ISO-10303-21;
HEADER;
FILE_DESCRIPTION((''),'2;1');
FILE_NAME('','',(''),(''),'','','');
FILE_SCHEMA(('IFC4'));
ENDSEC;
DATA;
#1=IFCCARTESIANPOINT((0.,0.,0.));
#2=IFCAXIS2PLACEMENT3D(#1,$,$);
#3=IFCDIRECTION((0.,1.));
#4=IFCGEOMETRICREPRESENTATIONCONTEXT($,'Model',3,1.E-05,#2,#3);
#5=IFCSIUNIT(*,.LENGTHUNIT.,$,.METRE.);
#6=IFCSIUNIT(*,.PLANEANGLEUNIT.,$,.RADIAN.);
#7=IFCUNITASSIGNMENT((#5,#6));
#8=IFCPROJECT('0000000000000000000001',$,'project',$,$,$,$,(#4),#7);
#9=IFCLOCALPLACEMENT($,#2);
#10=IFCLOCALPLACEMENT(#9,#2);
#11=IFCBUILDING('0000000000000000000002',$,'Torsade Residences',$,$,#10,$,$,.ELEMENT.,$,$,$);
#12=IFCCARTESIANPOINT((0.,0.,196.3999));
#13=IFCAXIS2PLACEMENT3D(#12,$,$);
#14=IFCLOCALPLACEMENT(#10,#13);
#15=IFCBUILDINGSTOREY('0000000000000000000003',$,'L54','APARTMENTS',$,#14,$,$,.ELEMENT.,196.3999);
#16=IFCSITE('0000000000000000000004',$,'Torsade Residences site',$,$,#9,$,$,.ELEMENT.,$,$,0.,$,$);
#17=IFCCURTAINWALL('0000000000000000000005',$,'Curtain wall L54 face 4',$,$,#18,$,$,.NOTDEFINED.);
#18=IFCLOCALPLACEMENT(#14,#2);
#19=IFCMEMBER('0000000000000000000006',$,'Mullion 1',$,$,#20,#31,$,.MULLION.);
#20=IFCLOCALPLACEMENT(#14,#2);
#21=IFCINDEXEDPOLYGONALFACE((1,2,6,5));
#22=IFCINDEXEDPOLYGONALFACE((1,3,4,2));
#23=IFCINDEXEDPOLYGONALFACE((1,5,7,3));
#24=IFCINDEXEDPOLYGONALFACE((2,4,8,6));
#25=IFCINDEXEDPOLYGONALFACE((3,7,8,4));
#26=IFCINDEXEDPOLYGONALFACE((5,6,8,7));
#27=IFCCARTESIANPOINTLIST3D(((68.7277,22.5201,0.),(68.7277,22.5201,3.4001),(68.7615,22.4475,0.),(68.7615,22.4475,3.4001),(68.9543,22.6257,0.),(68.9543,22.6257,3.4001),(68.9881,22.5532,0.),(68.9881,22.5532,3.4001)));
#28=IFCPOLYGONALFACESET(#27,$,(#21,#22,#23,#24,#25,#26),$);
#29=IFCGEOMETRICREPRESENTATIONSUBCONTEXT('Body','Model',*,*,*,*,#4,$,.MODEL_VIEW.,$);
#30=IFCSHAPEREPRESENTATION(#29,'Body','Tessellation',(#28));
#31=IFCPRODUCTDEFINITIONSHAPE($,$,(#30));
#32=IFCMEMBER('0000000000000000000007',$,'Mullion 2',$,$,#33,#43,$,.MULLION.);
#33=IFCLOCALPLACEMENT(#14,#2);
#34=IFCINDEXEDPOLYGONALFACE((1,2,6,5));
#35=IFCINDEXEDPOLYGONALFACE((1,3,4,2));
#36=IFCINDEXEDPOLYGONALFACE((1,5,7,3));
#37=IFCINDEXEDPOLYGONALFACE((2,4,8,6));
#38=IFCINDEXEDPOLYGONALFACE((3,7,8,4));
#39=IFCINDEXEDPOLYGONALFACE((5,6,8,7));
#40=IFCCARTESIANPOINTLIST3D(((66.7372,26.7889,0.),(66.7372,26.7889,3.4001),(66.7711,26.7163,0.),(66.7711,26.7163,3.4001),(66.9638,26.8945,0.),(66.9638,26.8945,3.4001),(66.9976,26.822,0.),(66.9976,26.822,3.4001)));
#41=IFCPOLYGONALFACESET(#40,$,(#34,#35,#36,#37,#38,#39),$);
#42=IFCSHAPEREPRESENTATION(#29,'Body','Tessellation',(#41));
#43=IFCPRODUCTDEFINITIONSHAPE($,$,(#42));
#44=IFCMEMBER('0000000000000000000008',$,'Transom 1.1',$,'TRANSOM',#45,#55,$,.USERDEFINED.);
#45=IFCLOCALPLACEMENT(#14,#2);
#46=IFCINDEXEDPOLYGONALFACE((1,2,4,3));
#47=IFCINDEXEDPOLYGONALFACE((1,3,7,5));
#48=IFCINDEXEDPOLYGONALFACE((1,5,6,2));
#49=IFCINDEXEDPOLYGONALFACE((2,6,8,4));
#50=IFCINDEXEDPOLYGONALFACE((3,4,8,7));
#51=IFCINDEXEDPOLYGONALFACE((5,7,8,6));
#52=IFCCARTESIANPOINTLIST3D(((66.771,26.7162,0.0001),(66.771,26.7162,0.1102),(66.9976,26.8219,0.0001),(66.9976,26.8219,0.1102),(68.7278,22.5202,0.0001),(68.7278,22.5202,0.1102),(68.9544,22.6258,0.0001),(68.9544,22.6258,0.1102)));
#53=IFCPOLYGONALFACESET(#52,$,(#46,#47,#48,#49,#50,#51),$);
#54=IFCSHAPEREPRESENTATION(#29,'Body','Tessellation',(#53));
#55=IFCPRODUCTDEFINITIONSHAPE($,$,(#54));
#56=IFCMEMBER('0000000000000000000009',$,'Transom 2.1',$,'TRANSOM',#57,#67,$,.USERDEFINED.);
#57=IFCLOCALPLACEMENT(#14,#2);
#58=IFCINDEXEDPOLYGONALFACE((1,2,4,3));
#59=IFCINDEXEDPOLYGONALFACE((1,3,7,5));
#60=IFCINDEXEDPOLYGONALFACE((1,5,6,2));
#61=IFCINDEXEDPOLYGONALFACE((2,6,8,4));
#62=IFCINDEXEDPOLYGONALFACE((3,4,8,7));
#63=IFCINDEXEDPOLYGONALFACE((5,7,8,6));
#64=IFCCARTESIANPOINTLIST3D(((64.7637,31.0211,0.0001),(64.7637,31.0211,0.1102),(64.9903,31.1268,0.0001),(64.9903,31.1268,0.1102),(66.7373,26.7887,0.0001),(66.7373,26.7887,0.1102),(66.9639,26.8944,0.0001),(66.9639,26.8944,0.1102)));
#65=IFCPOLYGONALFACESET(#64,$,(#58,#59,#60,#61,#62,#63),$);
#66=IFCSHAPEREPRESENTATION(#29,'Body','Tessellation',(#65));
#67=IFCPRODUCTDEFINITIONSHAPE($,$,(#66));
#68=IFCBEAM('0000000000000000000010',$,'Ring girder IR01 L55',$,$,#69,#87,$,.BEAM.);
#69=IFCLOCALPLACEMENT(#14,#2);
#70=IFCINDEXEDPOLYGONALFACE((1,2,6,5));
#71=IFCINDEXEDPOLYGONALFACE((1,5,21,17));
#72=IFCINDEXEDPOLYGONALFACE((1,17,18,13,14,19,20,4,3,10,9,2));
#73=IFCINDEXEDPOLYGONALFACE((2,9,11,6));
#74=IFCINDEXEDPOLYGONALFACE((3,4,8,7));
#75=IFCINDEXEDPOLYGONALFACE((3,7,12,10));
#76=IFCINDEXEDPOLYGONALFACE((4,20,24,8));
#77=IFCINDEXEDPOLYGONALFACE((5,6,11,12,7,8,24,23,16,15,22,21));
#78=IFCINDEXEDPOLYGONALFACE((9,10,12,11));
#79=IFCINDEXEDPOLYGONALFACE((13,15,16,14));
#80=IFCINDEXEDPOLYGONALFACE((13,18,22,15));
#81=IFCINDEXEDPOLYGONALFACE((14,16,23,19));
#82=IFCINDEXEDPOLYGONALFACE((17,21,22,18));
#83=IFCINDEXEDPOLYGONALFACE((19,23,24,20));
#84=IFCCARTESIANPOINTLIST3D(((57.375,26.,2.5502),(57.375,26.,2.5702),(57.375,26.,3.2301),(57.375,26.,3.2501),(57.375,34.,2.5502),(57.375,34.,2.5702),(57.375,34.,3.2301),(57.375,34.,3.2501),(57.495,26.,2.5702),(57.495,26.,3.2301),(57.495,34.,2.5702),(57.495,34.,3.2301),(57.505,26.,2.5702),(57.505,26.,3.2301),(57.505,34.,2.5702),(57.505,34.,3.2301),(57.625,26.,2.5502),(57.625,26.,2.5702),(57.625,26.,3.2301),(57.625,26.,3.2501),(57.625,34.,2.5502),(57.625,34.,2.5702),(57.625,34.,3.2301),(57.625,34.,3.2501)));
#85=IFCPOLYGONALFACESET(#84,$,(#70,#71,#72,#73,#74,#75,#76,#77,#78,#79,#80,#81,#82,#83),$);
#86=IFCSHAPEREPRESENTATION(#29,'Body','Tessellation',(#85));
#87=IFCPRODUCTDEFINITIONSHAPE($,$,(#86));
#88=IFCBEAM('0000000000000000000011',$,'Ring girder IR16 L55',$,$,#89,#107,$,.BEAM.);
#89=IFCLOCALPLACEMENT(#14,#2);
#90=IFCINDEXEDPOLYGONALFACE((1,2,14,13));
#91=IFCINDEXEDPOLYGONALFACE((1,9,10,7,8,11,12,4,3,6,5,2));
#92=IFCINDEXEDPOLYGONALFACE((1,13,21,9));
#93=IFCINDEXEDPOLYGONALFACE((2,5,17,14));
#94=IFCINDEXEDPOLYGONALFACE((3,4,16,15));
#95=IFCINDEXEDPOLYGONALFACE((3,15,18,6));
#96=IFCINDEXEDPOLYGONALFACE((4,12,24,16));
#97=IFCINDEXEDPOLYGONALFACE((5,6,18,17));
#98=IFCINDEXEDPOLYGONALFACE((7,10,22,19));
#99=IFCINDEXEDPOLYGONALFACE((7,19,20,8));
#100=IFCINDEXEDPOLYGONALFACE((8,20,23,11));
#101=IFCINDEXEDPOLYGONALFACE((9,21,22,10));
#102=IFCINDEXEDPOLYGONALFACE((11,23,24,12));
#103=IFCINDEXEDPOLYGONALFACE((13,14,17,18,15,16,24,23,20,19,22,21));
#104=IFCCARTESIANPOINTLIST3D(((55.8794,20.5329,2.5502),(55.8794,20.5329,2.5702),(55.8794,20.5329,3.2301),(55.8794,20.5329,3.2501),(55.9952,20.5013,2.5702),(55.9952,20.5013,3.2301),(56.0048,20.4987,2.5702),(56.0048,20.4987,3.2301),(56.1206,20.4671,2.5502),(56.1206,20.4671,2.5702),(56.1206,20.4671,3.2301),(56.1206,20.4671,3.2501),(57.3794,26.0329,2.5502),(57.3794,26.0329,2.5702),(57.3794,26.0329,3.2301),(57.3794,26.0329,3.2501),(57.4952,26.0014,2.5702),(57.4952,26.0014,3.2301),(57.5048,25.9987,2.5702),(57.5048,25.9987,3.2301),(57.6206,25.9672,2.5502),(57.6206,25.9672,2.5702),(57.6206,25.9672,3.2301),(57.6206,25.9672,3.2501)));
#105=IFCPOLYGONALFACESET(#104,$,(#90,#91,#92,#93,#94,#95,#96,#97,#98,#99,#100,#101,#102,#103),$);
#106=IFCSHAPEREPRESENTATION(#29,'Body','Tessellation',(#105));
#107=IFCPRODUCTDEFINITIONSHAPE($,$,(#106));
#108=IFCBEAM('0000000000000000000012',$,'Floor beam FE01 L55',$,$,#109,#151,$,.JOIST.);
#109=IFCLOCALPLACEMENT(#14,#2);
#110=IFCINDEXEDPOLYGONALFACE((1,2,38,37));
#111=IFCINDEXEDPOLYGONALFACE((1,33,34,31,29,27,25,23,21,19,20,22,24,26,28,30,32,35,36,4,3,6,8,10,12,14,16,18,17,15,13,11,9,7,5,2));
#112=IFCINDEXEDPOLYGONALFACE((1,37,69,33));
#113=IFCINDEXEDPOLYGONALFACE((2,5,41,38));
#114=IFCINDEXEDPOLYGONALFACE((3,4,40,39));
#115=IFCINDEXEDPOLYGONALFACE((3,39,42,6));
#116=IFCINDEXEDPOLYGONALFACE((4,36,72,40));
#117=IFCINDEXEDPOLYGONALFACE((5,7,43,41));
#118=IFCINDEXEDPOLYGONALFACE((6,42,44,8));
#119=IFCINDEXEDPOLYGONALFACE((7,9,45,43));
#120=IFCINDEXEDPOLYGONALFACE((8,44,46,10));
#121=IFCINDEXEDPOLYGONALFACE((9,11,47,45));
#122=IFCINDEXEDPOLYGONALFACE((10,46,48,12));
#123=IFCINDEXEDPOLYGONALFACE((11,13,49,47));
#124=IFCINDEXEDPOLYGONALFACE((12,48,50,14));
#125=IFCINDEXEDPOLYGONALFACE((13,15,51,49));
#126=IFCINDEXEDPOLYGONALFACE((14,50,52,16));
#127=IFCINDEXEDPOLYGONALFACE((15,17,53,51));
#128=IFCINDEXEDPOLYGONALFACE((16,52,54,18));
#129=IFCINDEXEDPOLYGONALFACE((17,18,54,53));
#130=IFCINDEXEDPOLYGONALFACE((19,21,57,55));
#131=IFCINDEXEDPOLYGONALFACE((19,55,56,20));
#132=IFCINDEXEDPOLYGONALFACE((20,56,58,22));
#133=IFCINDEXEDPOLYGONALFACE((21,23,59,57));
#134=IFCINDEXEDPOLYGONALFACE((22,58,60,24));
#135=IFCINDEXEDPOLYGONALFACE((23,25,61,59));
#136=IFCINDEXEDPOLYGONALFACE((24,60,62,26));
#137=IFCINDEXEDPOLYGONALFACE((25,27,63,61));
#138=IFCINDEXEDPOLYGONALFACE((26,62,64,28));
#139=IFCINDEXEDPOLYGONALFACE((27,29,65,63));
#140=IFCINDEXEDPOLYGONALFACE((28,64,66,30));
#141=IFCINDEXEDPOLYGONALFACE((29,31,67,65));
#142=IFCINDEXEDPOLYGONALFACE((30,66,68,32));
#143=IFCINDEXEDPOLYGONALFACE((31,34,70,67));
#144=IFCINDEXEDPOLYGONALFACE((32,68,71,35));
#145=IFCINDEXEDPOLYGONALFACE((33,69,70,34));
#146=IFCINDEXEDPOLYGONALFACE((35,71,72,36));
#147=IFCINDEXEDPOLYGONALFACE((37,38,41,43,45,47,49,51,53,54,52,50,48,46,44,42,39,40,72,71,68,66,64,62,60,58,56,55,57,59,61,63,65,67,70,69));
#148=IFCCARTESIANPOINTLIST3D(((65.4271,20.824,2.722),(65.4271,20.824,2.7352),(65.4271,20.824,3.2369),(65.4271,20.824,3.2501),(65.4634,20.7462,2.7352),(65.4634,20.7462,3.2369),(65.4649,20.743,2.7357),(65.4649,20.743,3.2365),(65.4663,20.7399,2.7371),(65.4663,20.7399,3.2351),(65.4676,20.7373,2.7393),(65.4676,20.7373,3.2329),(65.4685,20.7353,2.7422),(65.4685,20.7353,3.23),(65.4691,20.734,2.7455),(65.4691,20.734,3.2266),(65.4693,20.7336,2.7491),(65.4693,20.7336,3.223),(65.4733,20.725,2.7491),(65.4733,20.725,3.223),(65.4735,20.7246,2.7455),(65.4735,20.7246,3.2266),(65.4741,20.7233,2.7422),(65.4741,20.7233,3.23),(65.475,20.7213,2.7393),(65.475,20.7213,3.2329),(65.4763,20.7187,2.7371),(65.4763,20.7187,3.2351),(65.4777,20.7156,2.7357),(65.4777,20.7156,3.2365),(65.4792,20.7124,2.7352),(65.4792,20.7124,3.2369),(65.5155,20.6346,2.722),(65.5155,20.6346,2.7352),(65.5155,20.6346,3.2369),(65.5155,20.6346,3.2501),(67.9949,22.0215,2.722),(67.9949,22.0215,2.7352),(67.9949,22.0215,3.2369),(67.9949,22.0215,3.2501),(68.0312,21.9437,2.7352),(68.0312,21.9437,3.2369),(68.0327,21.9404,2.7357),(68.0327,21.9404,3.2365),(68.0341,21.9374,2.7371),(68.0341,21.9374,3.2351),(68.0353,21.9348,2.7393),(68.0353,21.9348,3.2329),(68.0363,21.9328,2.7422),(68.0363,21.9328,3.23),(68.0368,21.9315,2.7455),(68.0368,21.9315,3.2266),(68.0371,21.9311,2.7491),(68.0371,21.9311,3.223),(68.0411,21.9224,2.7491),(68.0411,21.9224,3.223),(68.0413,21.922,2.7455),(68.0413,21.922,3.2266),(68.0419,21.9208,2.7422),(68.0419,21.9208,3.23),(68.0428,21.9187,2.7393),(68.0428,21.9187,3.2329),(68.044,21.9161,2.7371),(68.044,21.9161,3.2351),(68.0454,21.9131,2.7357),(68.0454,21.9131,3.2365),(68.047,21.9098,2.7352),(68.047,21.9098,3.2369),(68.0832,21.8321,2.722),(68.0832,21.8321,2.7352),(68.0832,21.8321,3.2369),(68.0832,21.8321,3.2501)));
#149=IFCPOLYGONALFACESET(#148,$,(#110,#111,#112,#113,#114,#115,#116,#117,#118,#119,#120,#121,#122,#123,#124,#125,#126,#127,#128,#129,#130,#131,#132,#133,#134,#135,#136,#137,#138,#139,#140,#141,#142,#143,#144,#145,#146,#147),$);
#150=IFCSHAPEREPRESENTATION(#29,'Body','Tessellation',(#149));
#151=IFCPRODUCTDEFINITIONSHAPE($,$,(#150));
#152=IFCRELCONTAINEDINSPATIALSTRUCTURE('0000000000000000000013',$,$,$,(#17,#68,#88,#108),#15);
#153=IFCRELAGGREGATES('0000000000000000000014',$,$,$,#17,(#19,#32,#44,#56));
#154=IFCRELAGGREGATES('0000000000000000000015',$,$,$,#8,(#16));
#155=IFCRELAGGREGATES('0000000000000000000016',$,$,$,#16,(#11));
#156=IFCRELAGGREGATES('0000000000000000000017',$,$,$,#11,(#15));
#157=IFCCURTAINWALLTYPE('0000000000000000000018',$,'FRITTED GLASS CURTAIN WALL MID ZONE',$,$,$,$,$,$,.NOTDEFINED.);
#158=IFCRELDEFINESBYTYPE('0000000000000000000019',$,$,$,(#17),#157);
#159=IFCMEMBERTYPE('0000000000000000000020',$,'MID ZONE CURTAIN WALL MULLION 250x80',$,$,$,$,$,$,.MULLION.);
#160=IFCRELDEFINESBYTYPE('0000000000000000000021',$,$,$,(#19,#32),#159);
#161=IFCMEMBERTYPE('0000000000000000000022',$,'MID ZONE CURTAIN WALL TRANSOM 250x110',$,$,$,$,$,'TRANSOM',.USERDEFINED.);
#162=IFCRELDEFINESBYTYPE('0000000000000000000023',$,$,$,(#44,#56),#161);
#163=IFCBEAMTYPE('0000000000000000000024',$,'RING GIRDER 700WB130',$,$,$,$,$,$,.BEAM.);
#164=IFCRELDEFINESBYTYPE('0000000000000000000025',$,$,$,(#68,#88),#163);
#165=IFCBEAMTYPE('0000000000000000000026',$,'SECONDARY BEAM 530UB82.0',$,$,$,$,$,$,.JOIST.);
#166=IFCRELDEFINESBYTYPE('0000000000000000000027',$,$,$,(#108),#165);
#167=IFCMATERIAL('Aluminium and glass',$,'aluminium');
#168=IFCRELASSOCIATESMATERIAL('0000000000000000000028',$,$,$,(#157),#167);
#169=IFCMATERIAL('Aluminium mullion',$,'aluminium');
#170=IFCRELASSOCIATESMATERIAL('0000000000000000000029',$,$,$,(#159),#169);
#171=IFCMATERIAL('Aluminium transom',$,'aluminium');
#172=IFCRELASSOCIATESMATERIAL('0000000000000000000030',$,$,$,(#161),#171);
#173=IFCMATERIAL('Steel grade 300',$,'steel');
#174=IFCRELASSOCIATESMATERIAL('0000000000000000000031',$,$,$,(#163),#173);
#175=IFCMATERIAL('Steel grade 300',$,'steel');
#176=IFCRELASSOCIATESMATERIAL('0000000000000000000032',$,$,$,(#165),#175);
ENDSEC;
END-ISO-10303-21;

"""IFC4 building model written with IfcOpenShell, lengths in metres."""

from ifc_helpers import new_model, si_unit, direction, frame, origin, origin_2d, place, context, subcontext, project, spatial, rectangle, i_section, extrude, material, material_profile, profile_set, type_object, element, aggregate, save


model = new_model("IFC4")

# Units and contexts
model_context = context("Model", 3, precision=1e-05, world=origin(), true_north=direction((0.0, 1.0)))
body_context = subcontext(model_context, "Body", "Model", "MODEL_VIEW")
ifc_project = project(units=[si_unit("LENGTHUNIT", "METRE"), si_unit("PLANEANGLEUNIT", "RADIAN")], contexts=[model_context])

# Site, building, storey
site_placement = place(None, origin())
site = spatial("IfcSite", under=ifc_project, at=site_placement, Name="Torsade Residences site", CompositionType="ELEMENT", RefElevation=0.0)
building_placement = place(site_placement, origin())
building = spatial("IfcBuilding", under=site, at=building_placement, Name="Torsade Residences", CompositionType="ELEMENT")
storey_placement = place(building_placement, frame((0.0, 0.0, 196.3999)))
storey = spatial("IfcBuildingStorey", under=building, at=storey_placement, Name="L54", Description="APARTMENTS", CompositionType="ELEMENT", Elevation=196.3999)

# Curtain wall, members
ifc_material_1 = material(Name="Aluminium and glass", Category="aluminium")
curtain_wall_type = type_object("IfcCurtainWallType", Name="FRITTED GLASS CURTAIN WALL MID ZONE", PredefinedType="NOTDEFINED", material=ifc_material_1)
curtain_wall_placement = place(storey_placement, origin())
curtain_wall = element("IfcCurtainWall", 1, at=curtain_wall_placement, inside=storey, type_object=curtain_wall_type, Name="Curtain wall L54 face 4", PredefinedType="NOTDEFINED")
ifc_material_2 = material(Name="Aluminium mullion", Category="aluminium")
ifc_material_profile_1 = material_profile(ifc_material_2, rectangle(XDim=0.25, YDim=0.0801, at=origin_2d()), Name="MID ZONE CURTAIN WALL MULLION 250x80")
ifc_profile_set_1 = profile_set([ifc_material_profile_1], Name="Aluminium mullion")
member_type_1 = type_object("IfcMemberType", Name="MID ZONE CURTAIN WALL MULLION 250x80", PredefinedType="MULLION", material=ifc_profile_set_1)
member_1_placement = place(storey_placement, frame((68.8579, 22.5366, 0.0), z_axis=(0.0, 0.0, 1.0), x_axis=(-0.906308, -0.422618, 0.0)))
member_1 = element("IfcMember", 2, at=member_1_placement, type_object=member_type_1, Name="Mullion 1", PredefinedType="MULLION", context=body_context, shape_type="SweptSolid", body=[
    extrude(rectangle(XDim=0.25, YDim=0.0801, at=origin_2d()), origin(), (0.0, 0.0, 1.0), 3.4001),
])
member_2_placement = place(storey_placement, frame((66.8674, 26.8054, 0.0), z_axis=(0.0, 0.0, 1.0), x_axis=(-0.906308, -0.422618, 0.0)))
member_2 = element("IfcMember", 3, at=member_2_placement, type_object=member_type_1, Name="Mullion 2", PredefinedType="MULLION", context=body_context, shape_type="SweptSolid", body=[
    extrude(rectangle(XDim=0.25, YDim=0.0801, at=origin_2d()), origin(), (0.0, 0.0, 1.0), 3.4001),
])
ifc_material_3 = material(Name="Aluminium transom", Category="aluminium")
ifc_material_profile_2 = material_profile(ifc_material_3, rectangle(XDim=0.25, YDim=0.1101, at=origin_2d()), Name="MID ZONE CURTAIN WALL TRANSOM 250x110")
ifc_profile_set_2 = profile_set([ifc_material_profile_2], Name="Aluminium transom")
member_type_2 = type_object("IfcMemberType", Name="MID ZONE CURTAIN WALL TRANSOM 250x110", ElementType="TRANSOM", PredefinedType="USERDEFINED", material=ifc_profile_set_2)
member_3_placement = place(storey_placement, frame((68.8411, 22.573, 0.0552), z_axis=(-0.422643, 0.906296, 0.0), x_axis=(-0.906296, -0.422643, 0.0)))
member_3 = element("IfcMember", 4, at=member_3_placement, type_object=member_type_2, Name="Transom 1.1", ObjectType="TRANSOM", PredefinedType="USERDEFINED", context=body_context, shape_type="SweptSolid", body=[
    extrude(rectangle(XDim=0.25, YDim=0.1101, at=origin_2d()), origin(), (0.0, 0.0, 1.0), 4.6299),
])
member_4_placement = place(storey_placement, frame((66.8506, 26.8416, 0.0552), z_axis=(-0.422622, 0.906306, 0.0), x_axis=(-0.906306, -0.422622, 0.0)))
member_4 = element("IfcMember", 5, at=member_4_placement, type_object=member_type_2, Name="Transom 2.1", ObjectType="TRANSOM", PredefinedType="USERDEFINED", context=body_context, shape_type="SweptSolid", body=[
    extrude(rectangle(XDim=0.25, YDim=0.1101, at=origin_2d()), origin(), (0.0, 0.0, 1.0), 4.6699),
])

# Beams
ifc_material_4 = material(Name="Steel grade 300", Category="steel")
ifc_material_profile_3 = material_profile(ifc_material_4, i_section(OverallWidth=0.25, OverallDepth=0.7, WebThickness=0.01, FlangeThickness=0.02, at=origin_2d()), Name="700WB130")
ifc_profile_set_3 = profile_set([ifc_material_profile_3], Name="Steel grade 300")
beam_type_1 = type_object("IfcBeamType", Name="RING GIRDER 700WB130", PredefinedType="BEAM", material=ifc_profile_set_3)
beam_1_placement = place(storey_placement, frame((57.5, 26.0, 2.9001), z_axis=(0.0, 1.0, 0.0), x_axis=(-1.0, 0.0, 0.0)))
element("IfcBeam", 6, at=beam_1_placement, inside=storey, type_object=beam_type_1, Name="Ring girder IR01 L55", PredefinedType="BEAM", context=body_context, shape_type="SweptSolid", body=[
    extrude(i_section(OverallWidth=0.25, OverallDepth=0.7, WebThickness=0.01, FlangeThickness=0.02, at=origin_2d()), origin(), (0.0, 0.0, 1.0), 8.0),
])
beam_2_placement = place(storey_placement, frame((56.0, 20.5, 2.9001), z_axis=(0.263117, 0.964764, 0.0), x_axis=(-0.964764, 0.263117, 0.0)))
element("IfcBeam", 7, at=beam_2_placement, inside=storey, type_object=beam_type_1, Name="Ring girder IR16 L55", PredefinedType="BEAM", context=body_context, shape_type="SweptSolid", body=[
    extrude(i_section(OverallWidth=0.25, OverallDepth=0.7, WebThickness=0.01, FlangeThickness=0.02, at=origin_2d()), origin(), (0.0, 0.0, 1.0), 5.7009),
])
ifc_material_5 = material(Name="Steel grade 300", Category="steel")
ifc_material_profile_4 = material_profile(ifc_material_5, i_section(OverallWidth=0.209, OverallDepth=0.5281, WebThickness=0.0095, FlangeThickness=0.0132, FilletRadius=0.0139, at=origin_2d()), Name="530UB82.0")
ifc_profile_set_4 = profile_set([ifc_material_profile_4], Name="Steel grade 300")
beam_type_2 = type_object("IfcBeamType", Name="SECONDARY BEAM 530UB82.0", PredefinedType="JOIST", material=ifc_profile_set_4)
beam_3_placement = place(storey_placement, frame((68.0391, 21.9268, 2.9861), z_axis=(-0.906295, -0.422645, 0.0), x_axis=(0.422645, -0.906295, 0.0)))
element("IfcBeam", 8, at=beam_3_placement, inside=storey, type_object=beam_type_2, Name="Floor beam FE01 L55", PredefinedType="JOIST", context=body_context, shape_type="SweptSolid", body=[
    extrude(i_section(OverallWidth=0.209, OverallDepth=0.5281, WebThickness=0.0095, FlangeThickness=0.0132, FilletRadius=0.0139, at=origin_2d()), origin(), (0.0, 0.0, 1.0), 2.8333),
])

aggregate(curtain_wall, [member_1, member_2, member_3, member_4])

save(model, "model.ifc")
